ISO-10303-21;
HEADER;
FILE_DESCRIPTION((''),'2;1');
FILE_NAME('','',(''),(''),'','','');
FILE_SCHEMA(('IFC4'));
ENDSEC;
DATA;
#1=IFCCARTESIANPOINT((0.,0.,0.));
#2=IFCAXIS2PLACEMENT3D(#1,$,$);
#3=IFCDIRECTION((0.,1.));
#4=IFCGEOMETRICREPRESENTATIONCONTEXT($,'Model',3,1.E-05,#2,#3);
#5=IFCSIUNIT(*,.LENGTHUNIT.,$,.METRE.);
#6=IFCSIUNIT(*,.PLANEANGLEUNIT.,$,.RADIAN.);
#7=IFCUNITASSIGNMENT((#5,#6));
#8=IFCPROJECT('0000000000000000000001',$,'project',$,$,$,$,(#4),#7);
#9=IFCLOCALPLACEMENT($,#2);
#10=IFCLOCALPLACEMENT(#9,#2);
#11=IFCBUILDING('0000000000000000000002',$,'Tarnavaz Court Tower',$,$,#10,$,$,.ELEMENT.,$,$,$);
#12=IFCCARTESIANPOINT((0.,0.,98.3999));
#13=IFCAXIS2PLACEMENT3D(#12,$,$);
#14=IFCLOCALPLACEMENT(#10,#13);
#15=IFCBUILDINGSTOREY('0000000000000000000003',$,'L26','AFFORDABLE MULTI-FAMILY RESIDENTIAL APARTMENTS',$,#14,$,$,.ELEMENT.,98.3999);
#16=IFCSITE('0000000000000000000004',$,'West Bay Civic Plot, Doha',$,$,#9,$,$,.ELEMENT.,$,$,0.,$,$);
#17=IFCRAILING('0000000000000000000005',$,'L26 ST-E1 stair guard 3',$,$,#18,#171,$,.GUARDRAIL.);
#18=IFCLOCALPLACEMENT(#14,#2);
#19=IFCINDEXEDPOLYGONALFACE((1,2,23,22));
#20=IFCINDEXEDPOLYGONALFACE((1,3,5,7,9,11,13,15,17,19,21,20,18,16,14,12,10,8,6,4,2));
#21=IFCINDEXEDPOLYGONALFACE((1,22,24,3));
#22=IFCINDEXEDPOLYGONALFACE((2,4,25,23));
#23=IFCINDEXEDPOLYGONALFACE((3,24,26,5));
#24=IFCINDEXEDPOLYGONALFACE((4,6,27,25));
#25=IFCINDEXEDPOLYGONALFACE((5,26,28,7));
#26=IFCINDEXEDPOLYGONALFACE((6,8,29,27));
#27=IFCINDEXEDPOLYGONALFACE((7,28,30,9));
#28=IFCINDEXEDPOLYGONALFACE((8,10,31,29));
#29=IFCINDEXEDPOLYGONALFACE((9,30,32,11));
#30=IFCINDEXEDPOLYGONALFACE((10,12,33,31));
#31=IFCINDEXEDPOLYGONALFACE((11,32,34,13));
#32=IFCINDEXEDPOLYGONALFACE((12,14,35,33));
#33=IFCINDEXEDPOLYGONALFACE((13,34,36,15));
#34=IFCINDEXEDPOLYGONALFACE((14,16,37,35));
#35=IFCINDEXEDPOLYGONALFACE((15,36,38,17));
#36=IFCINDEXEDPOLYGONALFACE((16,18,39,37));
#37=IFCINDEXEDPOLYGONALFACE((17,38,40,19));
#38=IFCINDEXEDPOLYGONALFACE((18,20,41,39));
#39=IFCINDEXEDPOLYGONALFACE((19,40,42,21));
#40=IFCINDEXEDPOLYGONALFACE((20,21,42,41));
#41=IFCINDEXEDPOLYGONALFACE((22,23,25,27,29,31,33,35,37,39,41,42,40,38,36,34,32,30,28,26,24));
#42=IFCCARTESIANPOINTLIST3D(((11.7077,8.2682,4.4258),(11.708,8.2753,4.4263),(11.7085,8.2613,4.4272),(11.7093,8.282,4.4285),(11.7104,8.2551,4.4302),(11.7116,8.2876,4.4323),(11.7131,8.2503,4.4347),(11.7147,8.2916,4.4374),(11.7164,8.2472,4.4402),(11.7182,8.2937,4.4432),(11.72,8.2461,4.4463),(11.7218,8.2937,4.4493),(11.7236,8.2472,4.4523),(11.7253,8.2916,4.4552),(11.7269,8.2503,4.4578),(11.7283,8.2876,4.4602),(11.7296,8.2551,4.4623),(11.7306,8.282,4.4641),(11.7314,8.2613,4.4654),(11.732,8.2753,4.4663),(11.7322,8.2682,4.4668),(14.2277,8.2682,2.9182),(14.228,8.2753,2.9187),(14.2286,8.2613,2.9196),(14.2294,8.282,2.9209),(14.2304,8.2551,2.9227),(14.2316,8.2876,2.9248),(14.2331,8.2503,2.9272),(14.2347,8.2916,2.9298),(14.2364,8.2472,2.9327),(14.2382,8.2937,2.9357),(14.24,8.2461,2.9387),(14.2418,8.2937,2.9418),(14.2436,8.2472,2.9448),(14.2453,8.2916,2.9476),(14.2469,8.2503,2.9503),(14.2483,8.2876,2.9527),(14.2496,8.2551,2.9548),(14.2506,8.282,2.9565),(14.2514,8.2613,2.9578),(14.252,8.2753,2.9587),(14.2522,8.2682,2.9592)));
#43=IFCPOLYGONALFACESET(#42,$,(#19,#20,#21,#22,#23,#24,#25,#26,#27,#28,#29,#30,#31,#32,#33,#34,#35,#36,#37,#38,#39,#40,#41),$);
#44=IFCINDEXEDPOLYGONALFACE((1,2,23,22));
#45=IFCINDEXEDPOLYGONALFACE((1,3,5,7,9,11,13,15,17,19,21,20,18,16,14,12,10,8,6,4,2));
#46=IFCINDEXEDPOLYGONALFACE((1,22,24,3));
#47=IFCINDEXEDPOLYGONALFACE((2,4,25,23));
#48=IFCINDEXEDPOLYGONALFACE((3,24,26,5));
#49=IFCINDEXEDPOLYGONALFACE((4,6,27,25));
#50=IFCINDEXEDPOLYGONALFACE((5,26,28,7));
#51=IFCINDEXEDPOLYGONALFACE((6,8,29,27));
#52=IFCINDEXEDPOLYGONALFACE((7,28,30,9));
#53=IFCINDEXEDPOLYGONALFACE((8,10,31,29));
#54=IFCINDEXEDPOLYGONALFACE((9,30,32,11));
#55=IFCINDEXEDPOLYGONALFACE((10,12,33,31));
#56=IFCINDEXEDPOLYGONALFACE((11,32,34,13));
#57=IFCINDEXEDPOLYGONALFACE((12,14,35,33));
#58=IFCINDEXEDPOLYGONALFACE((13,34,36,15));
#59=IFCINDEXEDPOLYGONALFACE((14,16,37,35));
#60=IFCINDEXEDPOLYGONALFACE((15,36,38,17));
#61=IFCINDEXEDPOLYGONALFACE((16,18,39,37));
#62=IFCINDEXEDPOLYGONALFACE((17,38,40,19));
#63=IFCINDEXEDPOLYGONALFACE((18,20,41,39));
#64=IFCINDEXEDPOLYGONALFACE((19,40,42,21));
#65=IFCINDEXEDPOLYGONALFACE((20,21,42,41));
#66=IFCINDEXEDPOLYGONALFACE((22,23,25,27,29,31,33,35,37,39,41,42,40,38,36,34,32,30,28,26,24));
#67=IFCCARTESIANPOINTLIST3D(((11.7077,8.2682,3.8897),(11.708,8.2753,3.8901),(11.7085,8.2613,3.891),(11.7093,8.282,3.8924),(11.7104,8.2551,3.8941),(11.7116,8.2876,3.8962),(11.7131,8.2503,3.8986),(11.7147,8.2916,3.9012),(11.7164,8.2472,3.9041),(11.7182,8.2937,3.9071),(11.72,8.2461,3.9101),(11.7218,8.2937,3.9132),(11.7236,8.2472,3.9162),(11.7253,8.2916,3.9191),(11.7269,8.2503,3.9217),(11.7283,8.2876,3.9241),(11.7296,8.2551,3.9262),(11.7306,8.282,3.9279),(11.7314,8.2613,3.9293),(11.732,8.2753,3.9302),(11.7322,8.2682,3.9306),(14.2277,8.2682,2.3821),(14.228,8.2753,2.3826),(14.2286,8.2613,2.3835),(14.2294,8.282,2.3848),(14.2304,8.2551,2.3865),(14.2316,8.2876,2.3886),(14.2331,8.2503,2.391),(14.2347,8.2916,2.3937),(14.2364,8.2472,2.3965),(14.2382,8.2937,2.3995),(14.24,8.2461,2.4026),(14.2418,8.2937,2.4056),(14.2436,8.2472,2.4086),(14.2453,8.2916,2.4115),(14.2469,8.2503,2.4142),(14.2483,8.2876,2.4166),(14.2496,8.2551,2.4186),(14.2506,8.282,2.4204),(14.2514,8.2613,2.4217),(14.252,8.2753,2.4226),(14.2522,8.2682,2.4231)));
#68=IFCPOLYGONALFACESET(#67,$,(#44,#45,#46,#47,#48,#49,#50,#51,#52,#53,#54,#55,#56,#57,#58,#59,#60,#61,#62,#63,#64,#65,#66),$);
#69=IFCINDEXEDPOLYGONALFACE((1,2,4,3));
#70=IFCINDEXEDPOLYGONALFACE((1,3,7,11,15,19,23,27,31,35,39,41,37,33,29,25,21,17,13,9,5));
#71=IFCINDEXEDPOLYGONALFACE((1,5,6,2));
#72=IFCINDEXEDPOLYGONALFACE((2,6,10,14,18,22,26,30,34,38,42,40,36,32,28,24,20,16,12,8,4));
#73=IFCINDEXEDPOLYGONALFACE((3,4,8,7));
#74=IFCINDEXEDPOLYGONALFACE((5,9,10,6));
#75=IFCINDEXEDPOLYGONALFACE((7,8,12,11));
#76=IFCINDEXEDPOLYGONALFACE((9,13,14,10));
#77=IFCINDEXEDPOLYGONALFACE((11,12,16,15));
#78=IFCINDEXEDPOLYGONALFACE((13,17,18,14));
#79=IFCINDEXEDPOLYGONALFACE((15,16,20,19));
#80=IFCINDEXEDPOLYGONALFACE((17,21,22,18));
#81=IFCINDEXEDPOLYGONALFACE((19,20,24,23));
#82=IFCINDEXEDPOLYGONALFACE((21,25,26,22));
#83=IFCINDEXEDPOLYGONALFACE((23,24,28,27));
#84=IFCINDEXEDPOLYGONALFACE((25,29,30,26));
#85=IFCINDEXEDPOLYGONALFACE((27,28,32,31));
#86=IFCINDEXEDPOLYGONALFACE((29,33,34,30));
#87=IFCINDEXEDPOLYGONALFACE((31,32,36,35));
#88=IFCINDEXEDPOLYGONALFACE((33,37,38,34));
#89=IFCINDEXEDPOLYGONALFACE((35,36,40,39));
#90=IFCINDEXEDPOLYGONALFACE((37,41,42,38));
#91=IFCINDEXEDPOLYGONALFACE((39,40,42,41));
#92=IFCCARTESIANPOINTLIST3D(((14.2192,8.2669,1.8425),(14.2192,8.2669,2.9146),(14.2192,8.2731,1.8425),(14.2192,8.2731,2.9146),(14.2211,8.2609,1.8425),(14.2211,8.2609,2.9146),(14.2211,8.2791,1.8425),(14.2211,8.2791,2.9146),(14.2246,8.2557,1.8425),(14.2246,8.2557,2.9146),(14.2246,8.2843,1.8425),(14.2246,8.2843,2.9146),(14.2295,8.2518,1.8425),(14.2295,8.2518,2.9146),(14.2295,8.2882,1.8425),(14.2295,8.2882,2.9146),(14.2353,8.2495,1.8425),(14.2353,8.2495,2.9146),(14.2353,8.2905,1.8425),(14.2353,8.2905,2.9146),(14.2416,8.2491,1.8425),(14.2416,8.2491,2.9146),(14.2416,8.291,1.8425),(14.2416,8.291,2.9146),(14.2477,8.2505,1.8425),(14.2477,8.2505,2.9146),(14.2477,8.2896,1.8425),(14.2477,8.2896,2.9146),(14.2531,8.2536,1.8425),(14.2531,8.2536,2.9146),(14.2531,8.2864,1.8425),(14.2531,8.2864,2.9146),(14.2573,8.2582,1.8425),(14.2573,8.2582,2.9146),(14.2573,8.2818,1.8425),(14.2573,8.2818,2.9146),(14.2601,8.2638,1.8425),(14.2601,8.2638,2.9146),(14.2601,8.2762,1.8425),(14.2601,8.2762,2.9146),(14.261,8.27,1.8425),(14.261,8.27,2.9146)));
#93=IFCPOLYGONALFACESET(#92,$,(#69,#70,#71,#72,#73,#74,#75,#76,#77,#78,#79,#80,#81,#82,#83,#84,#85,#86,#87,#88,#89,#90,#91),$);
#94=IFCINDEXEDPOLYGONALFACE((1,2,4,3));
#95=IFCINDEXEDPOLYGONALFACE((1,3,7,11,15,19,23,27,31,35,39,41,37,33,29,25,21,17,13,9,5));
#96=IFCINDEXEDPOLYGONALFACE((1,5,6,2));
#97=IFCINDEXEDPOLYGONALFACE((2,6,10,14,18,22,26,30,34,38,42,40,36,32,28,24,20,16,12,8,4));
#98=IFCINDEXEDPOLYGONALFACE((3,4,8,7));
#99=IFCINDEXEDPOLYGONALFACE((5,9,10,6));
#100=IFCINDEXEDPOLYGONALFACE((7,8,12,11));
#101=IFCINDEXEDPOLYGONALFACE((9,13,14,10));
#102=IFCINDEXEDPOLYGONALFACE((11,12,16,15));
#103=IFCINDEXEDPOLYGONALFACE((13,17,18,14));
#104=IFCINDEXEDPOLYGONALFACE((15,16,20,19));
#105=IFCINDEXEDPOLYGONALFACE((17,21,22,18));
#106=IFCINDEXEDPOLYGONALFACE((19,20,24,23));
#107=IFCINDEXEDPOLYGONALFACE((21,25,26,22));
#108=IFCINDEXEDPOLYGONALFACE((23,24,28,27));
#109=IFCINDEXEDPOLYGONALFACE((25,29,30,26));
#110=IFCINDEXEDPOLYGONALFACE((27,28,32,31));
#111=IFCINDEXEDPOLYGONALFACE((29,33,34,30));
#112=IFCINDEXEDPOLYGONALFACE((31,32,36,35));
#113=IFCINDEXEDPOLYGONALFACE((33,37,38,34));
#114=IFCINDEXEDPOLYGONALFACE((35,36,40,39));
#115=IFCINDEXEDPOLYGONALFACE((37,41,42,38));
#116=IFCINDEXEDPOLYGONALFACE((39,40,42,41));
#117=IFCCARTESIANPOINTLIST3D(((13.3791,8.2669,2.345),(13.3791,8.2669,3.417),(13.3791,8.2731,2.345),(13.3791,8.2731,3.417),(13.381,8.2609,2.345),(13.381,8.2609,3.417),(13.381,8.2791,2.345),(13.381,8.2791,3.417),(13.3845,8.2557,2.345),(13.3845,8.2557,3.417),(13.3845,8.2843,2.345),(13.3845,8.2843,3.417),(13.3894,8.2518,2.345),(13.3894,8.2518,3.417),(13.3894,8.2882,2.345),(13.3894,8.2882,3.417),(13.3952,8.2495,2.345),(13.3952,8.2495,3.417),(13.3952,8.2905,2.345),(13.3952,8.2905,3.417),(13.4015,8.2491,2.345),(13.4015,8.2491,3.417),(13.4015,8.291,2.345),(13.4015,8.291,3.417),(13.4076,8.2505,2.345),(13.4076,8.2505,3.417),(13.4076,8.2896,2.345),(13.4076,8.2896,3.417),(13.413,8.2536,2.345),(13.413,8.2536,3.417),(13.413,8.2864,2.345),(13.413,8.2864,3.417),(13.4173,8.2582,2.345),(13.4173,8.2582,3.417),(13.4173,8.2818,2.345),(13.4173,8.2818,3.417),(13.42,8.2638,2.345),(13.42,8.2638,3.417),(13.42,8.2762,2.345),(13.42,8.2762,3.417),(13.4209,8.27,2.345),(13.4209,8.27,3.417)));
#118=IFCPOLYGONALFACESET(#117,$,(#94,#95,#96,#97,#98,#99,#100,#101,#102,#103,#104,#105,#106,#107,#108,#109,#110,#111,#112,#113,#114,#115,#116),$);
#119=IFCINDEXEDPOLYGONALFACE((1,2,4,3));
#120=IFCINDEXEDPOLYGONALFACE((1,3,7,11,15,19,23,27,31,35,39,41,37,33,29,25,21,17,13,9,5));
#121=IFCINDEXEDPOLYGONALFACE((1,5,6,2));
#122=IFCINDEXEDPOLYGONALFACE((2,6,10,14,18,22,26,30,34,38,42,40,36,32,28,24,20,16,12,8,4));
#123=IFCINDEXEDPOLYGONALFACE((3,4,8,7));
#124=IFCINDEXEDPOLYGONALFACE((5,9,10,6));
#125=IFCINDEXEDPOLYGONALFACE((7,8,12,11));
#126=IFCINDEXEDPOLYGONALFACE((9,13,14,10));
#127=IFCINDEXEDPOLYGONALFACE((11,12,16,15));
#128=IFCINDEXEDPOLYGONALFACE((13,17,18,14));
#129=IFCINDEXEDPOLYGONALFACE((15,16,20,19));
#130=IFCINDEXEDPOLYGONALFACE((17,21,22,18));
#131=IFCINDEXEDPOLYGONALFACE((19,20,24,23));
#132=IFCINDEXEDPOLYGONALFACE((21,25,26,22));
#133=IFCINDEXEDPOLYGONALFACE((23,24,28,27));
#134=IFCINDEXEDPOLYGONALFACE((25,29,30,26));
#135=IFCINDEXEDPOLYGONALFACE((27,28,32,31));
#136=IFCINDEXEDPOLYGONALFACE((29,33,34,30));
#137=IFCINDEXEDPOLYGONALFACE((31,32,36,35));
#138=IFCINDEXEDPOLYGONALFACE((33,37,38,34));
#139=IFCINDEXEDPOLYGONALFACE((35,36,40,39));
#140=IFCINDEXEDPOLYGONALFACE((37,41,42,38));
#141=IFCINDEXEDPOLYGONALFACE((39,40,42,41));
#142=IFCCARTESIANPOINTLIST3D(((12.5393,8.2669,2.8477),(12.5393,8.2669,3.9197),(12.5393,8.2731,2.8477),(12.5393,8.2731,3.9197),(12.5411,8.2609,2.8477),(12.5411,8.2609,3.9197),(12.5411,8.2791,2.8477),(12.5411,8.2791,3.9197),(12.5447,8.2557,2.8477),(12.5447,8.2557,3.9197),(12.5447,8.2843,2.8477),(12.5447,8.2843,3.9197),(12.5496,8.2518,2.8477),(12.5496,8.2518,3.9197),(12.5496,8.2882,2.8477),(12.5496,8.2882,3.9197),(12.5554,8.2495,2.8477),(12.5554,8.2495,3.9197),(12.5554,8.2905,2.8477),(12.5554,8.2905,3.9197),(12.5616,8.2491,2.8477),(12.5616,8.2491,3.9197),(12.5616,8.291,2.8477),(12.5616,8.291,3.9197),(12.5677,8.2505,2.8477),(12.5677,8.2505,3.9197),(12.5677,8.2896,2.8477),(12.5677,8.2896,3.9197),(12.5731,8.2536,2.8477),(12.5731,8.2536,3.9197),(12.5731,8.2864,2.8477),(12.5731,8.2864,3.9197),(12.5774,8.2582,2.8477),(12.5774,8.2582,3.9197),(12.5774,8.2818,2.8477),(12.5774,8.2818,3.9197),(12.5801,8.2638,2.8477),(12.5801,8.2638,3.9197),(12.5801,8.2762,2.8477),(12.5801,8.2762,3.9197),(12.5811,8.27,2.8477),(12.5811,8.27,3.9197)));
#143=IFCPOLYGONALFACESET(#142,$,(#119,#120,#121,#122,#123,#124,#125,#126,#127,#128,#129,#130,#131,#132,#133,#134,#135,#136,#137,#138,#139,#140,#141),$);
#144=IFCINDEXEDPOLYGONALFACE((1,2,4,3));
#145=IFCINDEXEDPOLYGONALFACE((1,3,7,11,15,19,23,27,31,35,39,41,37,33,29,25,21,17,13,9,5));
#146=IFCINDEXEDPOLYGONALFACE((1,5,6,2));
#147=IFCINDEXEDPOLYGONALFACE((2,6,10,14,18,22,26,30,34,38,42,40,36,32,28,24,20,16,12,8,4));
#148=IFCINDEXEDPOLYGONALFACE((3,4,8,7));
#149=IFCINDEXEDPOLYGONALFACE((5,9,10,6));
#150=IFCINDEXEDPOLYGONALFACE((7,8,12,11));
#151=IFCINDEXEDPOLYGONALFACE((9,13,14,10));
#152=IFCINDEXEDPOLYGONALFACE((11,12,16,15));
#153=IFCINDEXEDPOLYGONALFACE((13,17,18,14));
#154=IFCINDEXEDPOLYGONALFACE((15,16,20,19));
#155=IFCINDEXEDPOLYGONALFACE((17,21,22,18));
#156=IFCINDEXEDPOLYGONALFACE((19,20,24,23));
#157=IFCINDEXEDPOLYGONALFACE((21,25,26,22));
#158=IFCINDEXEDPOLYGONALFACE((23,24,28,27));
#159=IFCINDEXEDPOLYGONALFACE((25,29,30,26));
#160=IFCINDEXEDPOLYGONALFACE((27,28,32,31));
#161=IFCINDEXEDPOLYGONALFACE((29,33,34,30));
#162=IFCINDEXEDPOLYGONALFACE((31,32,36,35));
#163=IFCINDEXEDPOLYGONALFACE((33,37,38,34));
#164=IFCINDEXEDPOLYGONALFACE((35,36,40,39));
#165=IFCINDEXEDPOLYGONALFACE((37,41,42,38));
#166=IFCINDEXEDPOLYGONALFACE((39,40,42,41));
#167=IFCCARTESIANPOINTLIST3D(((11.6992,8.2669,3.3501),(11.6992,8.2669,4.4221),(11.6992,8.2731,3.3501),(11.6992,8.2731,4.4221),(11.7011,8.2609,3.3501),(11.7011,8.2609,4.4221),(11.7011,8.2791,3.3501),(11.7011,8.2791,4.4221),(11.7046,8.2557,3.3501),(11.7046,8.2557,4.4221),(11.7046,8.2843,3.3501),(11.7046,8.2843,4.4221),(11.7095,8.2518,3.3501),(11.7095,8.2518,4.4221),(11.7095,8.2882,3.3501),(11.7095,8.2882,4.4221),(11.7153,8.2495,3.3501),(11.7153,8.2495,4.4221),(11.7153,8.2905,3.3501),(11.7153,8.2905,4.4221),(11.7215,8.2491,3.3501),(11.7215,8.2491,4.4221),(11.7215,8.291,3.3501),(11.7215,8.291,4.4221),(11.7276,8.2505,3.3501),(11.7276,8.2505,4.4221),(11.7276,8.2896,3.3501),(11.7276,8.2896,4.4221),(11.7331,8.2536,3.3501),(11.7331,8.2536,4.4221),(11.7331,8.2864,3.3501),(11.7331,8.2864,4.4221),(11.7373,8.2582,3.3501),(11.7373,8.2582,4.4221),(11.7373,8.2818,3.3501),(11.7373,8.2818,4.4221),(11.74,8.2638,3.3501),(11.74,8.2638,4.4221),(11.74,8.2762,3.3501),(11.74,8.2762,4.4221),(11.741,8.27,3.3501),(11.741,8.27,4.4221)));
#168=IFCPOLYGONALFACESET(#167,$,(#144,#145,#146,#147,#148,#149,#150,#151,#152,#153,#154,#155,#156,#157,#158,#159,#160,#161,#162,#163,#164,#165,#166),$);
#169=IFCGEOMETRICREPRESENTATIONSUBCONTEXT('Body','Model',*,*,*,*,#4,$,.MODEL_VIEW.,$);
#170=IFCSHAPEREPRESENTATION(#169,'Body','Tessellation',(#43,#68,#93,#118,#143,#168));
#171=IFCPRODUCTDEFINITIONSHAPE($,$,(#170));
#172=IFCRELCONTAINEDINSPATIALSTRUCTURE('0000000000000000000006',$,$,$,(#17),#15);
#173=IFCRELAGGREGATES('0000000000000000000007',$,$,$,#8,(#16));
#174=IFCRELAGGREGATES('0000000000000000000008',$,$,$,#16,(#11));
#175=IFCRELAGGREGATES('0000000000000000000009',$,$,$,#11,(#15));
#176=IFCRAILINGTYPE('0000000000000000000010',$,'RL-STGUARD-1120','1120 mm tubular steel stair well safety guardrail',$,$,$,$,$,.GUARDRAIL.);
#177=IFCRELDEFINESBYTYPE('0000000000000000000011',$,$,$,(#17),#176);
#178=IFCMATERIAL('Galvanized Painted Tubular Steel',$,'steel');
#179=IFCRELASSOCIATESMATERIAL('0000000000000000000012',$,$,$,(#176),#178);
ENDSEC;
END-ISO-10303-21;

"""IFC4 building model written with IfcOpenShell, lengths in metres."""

from ifc_helpers import new_model, si_unit, direction, frame, origin, origin_2d, place, context, subcontext, project, spatial, circle, extrude, material, type_object, element, save


model = new_model("IFC4")

# Units and contexts
model_context = context("Model", 3, precision=1e-05, world=origin(), true_north=direction((0.0, 1.0)))
body_context = subcontext(model_context, "Body", "Model", "MODEL_VIEW")
ifc_project = project(units=[si_unit("LENGTHUNIT", "METRE"), si_unit("PLANEANGLEUNIT", "RADIAN")], contexts=[model_context])

# Site, building, storey
site_placement = place(None, origin())
site = spatial("IfcSite", under=ifc_project, at=site_placement, Name="West Bay Civic Plot, Doha", CompositionType="ELEMENT", RefElevation=0.0)
building_placement = place(site_placement, origin())
building = spatial("IfcBuilding", under=site, at=building_placement, Name="Tarnavaz Court Tower", CompositionType="ELEMENT")
storey_placement = place(building_placement, frame((0.0, 0.0, 98.3999)))
storey = spatial("IfcBuildingStorey", under=building, at=storey_placement, Name="L26", Description="AFFORDABLE MULTI-FAMILY RESIDENTIAL APARTMENTS", CompositionType="ELEMENT", Elevation=98.3999)

# Railing
ifc_material_1 = material(Name="Galvanized Painted Tubular Steel", Category="steel")
railing_type_1 = type_object("IfcRailingType", Name="RL-STGUARD-1120", Description="1120 mm tubular steel stair well safety guardrail", PredefinedType="GUARDRAIL", material=ifc_material_1)
railing_1_placement = place(storey_placement, frame((14.24, 8.27, 1.8425)))
element("IfcRailing", 1, at=railing_1_placement, inside=storey, type_object=railing_type_1, Name="L26 ST-E1 stair guard 3", PredefinedType="GUARDRAIL", context=body_context, shape_type="SweptSolid", body=[
    extrude(circle(Radius=0.0239, at=origin_2d()), frame((0.0, 0.0, 1.0962), z_axis=(-0.85816, 0.0, 0.513383), x_axis=(0.0, -1.0, 0.0)), (0.0, 0.0, 1.0), 2.9365),
    extrude(circle(Radius=0.0239, at=origin_2d()), frame((0.0, 0.0, 0.5601), z_axis=(-0.85816, 0.0, 0.513383), x_axis=(0.0, -1.0, 0.0)), (0.0, 0.0, 1.0), 2.9365),
    extrude(circle(Radius=0.021, at=origin_2d()), origin(), (0.0, 0.0, 1.0), 1.072),
    extrude(circle(Radius=0.021, at=origin_2d()), frame((-0.8401, 0.0, 0.5024)), (0.0, 0.0, 1.0), 1.072),
    extrude(circle(Radius=0.021, at=origin_2d()), frame((-1.6799, 0.0, 1.0051)), (0.0, 0.0, 1.0), 1.072),
    extrude(circle(Radius=0.021, at=origin_2d()), frame((-2.52, 0.0, 1.5076)), (0.0, 0.0, 1.0), 1.072),
])

save(model, "model.ifc")
